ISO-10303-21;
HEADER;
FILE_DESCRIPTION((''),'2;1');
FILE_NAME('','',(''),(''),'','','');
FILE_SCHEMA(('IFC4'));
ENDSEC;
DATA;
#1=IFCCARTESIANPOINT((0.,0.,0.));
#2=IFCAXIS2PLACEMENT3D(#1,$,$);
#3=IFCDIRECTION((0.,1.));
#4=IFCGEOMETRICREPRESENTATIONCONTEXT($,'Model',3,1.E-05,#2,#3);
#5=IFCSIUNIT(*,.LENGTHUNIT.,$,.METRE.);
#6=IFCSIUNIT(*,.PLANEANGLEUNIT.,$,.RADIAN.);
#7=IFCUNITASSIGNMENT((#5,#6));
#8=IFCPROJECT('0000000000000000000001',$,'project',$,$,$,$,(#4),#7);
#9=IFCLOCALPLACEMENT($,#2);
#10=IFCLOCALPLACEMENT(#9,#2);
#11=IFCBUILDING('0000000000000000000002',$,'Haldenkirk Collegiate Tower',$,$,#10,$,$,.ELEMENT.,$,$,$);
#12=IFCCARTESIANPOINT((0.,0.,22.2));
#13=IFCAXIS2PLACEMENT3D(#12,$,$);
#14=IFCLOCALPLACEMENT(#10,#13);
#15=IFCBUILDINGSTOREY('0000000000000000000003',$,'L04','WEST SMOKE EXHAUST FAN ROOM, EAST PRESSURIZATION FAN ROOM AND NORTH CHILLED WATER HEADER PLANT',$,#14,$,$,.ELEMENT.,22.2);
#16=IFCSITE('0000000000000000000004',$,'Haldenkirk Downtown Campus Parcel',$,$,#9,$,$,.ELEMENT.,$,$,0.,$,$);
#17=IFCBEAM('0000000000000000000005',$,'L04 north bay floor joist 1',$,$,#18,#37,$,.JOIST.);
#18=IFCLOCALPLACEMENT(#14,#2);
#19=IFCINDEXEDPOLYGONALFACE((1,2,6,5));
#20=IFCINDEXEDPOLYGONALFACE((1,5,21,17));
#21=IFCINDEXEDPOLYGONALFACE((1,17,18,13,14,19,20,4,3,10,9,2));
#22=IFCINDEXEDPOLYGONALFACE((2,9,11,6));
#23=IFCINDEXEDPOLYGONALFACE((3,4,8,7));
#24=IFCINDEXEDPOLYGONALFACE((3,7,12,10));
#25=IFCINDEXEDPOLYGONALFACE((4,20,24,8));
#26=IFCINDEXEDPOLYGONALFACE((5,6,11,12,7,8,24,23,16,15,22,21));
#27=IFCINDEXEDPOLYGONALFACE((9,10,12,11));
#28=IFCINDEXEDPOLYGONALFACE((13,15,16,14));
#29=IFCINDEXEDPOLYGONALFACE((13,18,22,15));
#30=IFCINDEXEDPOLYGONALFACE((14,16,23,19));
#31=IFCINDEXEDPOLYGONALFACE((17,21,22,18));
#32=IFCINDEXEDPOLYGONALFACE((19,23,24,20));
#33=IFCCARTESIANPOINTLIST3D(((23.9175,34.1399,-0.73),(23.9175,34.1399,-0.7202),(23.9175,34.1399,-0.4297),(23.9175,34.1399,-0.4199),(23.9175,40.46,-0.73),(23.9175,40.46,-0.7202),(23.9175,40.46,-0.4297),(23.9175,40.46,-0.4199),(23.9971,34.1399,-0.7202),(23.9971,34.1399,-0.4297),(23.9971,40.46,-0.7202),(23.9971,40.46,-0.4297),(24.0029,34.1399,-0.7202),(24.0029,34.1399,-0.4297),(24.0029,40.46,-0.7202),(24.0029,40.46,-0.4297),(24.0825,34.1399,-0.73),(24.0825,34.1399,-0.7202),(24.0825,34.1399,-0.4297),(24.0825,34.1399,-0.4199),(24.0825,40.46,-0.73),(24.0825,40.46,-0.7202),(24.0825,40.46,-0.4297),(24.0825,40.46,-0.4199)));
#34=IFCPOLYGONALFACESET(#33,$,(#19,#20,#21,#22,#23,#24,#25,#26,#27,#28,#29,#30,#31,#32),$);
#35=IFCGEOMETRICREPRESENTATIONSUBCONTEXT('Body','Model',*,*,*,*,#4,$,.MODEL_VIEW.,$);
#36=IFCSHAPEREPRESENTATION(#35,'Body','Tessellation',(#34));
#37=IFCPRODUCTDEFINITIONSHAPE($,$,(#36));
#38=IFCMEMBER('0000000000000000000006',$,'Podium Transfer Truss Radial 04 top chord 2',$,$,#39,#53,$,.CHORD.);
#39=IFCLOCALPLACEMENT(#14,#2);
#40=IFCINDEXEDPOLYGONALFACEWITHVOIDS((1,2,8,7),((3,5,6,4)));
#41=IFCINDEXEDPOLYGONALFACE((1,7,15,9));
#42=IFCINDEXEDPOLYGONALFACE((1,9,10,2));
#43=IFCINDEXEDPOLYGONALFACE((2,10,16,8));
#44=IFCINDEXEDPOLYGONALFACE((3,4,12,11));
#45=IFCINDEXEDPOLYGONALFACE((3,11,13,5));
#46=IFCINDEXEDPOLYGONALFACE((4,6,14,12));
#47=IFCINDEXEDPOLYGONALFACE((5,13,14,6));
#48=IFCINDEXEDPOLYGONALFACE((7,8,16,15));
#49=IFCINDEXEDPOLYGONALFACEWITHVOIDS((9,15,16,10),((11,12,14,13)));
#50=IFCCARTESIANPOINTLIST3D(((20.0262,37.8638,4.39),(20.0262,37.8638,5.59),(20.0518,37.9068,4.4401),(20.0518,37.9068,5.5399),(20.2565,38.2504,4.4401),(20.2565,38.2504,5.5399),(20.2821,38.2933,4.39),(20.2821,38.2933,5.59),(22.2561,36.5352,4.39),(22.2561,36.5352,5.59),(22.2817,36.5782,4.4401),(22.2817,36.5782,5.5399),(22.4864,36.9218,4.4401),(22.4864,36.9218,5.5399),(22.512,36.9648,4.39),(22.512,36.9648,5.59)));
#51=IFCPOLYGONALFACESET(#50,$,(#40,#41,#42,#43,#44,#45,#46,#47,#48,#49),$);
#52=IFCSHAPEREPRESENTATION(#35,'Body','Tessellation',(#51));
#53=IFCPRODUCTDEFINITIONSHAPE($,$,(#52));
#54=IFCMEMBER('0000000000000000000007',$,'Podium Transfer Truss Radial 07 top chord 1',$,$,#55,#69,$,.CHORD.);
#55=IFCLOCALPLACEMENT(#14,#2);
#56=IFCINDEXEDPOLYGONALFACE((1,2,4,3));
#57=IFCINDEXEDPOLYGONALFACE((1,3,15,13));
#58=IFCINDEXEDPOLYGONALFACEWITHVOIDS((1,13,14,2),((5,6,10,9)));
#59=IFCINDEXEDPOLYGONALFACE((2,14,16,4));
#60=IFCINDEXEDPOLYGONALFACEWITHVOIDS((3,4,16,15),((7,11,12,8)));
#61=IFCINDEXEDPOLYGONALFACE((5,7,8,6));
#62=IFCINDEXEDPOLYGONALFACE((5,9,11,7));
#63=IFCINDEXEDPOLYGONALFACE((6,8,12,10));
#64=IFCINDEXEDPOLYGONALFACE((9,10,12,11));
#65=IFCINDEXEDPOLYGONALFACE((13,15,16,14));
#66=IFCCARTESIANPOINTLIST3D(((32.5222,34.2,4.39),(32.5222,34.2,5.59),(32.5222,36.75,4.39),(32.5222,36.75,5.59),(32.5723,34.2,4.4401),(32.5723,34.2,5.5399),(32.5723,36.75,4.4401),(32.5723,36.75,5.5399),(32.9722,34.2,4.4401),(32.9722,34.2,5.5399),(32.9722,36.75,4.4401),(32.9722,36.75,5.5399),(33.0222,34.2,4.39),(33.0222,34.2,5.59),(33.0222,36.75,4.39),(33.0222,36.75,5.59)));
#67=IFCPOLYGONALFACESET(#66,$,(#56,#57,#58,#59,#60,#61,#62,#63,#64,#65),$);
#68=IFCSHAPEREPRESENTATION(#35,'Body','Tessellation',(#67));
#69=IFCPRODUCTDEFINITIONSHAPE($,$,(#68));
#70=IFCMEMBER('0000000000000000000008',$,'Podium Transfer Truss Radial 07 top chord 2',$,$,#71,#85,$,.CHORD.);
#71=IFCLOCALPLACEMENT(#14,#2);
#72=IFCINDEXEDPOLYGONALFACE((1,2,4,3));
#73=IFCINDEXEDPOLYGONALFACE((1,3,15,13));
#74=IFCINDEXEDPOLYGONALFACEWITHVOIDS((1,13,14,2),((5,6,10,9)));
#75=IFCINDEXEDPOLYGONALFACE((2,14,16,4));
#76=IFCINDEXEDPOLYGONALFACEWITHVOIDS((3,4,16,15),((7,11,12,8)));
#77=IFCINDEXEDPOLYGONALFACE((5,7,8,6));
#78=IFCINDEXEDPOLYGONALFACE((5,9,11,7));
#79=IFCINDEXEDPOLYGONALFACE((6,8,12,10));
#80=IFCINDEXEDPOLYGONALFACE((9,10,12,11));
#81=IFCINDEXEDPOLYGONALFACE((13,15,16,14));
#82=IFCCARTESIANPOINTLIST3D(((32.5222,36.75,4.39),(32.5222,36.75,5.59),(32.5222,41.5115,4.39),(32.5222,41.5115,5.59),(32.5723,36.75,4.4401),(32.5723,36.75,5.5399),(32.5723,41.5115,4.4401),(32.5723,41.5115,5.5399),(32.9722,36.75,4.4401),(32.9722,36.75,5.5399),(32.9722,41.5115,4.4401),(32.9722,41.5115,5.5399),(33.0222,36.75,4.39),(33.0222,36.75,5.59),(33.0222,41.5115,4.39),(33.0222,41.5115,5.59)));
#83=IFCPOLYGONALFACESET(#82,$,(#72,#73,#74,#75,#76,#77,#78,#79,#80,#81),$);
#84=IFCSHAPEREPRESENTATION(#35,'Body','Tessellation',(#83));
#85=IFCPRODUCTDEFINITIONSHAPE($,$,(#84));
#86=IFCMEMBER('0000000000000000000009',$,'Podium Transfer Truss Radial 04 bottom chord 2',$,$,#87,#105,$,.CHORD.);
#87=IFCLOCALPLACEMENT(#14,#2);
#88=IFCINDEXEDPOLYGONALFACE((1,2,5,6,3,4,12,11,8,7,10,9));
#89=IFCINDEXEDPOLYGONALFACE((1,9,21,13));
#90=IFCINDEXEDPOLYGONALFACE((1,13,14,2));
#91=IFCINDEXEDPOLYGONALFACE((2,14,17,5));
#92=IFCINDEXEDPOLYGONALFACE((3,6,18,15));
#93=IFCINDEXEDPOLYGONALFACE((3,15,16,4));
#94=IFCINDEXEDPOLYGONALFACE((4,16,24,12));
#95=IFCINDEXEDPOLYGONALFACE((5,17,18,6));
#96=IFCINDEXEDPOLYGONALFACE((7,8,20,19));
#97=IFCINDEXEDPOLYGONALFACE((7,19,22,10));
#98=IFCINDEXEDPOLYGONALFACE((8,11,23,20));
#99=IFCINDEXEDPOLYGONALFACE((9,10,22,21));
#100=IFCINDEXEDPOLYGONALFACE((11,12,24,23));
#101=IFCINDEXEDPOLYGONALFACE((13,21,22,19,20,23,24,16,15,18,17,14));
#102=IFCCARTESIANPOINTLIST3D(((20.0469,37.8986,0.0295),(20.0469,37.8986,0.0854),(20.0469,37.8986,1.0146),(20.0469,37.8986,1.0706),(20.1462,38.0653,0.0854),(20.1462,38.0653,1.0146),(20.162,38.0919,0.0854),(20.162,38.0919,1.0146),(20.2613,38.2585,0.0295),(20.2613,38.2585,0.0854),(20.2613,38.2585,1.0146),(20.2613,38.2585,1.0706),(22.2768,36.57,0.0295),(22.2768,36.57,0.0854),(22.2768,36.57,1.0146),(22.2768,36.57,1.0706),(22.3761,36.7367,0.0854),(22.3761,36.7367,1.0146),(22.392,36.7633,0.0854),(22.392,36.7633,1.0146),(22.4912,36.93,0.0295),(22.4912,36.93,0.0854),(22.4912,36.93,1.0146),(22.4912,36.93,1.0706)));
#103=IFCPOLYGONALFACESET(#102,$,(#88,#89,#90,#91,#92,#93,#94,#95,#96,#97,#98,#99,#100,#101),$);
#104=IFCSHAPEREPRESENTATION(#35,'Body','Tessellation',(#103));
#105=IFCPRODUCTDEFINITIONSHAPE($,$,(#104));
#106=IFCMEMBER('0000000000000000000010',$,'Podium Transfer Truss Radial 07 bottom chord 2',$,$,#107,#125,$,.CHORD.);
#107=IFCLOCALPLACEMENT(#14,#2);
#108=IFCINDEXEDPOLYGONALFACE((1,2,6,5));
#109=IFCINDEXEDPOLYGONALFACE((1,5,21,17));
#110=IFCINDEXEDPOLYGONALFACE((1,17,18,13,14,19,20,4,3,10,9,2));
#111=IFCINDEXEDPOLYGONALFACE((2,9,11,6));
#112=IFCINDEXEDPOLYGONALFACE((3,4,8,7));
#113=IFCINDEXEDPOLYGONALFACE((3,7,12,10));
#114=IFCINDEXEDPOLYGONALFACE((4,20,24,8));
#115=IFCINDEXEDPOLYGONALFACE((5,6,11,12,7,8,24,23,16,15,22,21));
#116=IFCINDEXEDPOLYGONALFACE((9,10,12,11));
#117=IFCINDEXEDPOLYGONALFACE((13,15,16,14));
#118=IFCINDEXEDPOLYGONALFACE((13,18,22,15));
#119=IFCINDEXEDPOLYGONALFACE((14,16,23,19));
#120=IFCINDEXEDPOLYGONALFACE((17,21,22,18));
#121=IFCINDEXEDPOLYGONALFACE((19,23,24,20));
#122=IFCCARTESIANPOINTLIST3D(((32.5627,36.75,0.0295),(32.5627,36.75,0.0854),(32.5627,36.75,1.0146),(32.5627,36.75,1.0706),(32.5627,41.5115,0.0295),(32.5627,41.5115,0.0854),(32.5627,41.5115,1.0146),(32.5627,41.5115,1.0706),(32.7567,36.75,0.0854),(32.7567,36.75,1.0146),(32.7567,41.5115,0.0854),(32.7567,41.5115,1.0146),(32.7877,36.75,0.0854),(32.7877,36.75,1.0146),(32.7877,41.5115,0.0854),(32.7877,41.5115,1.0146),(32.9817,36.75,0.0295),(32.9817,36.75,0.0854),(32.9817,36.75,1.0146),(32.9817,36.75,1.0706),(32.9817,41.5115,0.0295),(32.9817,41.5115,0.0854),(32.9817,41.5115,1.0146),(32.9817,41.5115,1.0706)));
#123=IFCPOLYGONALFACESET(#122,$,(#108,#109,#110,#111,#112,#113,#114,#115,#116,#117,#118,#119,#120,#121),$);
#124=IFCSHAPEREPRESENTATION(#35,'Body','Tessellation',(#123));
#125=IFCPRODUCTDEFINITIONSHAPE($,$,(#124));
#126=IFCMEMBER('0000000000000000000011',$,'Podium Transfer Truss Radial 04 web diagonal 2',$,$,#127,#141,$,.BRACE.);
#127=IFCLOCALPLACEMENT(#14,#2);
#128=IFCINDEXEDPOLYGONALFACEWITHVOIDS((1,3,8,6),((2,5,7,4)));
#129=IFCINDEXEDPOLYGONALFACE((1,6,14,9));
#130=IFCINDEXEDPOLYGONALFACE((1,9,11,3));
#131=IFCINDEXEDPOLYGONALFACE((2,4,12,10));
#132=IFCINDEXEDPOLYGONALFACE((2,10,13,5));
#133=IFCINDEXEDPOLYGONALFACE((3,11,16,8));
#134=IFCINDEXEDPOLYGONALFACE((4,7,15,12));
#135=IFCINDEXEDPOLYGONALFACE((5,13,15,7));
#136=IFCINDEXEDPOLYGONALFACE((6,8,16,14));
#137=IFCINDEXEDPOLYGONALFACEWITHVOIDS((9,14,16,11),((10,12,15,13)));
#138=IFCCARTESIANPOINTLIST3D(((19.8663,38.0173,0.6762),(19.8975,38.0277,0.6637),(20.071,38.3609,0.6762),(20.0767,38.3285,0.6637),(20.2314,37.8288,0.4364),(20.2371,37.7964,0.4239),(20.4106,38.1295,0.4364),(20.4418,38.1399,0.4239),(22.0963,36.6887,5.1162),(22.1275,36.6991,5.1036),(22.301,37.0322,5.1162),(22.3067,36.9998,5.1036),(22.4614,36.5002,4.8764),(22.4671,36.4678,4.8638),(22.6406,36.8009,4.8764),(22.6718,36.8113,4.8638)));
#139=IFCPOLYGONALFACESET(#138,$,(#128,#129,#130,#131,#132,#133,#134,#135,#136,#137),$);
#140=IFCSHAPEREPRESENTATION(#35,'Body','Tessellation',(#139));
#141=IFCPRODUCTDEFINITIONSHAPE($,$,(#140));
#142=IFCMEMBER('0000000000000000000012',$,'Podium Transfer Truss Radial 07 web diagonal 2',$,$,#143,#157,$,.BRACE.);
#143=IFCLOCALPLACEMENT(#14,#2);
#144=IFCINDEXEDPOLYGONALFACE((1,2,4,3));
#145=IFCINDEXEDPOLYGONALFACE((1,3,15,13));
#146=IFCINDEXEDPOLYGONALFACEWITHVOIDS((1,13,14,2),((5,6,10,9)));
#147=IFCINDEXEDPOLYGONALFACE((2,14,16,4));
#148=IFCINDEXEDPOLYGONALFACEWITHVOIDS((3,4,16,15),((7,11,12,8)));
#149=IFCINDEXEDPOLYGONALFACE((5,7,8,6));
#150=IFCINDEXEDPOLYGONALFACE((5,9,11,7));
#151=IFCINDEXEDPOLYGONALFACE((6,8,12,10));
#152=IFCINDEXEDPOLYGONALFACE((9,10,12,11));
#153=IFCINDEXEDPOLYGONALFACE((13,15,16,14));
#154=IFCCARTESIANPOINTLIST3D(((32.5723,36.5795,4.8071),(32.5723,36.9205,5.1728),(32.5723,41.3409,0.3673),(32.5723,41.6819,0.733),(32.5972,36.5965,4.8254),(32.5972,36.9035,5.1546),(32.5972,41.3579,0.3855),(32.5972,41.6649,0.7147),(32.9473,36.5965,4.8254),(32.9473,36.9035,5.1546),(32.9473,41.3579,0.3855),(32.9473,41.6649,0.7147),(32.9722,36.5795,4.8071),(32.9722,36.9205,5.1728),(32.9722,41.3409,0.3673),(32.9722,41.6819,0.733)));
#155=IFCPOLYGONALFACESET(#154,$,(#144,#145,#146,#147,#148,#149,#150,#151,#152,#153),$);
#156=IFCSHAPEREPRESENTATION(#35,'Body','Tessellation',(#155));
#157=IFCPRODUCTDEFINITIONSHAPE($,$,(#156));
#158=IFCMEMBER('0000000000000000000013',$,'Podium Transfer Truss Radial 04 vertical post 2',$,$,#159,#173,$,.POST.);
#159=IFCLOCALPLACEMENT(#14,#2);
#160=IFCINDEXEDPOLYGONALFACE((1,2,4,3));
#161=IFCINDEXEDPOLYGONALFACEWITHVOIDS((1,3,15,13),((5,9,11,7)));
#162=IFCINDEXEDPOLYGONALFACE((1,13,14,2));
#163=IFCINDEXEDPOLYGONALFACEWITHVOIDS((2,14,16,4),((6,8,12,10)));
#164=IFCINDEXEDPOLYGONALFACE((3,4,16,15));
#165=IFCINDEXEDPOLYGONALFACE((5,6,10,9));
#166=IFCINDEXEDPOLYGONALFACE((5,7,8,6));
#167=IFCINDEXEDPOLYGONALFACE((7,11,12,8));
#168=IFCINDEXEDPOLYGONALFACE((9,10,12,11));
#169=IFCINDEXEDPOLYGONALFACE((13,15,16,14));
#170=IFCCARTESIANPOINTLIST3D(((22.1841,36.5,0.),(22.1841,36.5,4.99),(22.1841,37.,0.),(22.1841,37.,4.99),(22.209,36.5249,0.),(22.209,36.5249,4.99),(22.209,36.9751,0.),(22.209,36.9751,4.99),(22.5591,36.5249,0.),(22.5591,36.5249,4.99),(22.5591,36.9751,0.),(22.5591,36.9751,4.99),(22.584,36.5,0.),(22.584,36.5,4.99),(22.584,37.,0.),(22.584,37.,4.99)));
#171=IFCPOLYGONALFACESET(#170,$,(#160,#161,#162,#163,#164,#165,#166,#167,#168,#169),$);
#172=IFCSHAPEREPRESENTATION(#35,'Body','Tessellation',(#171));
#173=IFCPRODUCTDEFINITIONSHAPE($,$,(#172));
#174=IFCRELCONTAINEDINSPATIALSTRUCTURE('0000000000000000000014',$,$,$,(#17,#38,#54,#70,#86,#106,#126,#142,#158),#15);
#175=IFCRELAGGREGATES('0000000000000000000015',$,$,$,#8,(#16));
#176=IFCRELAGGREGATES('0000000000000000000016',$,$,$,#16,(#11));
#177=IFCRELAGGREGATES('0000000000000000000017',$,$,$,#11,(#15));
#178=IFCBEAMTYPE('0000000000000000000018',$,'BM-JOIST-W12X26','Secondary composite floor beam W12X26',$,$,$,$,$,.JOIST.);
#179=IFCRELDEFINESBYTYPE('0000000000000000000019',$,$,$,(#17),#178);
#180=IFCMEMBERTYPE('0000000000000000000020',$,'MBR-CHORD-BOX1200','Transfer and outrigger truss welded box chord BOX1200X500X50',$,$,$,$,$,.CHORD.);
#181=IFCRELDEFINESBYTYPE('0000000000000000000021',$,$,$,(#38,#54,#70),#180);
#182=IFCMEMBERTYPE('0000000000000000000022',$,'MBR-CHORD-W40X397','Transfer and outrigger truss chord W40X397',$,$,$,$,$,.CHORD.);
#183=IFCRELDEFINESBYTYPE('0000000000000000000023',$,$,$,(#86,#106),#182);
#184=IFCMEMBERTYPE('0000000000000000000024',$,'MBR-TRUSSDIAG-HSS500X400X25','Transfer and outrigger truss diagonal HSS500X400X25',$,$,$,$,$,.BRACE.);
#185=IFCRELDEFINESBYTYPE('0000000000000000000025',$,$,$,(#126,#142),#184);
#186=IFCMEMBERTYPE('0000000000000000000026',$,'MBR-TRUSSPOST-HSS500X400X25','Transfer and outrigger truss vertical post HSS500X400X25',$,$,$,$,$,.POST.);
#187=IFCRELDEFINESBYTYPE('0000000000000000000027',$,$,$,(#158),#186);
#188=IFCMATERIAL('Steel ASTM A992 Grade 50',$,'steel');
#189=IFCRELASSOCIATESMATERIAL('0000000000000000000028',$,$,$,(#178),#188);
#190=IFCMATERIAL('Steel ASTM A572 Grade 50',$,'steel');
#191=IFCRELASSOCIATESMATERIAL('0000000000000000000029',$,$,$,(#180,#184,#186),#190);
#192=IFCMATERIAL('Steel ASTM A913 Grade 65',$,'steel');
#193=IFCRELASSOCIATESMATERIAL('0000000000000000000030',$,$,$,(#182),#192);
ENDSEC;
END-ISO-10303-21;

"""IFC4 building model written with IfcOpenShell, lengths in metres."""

from ifc_helpers import new_model, si_unit, direction, frame, origin, origin_2d, place, context, subcontext, project, spatial, hollow_rectangle, i_section, extrude, material, material_profile, profile_set, type_object, element, save


model = new_model("IFC4")

# Units and contexts
model_context = context("Model", 3, precision=1e-05, world=origin(), true_north=direction((0.0, 1.0)))
body_context = subcontext(model_context, "Body", "Model", "MODEL_VIEW")
ifc_project = project(units=[si_unit("LENGTHUNIT", "METRE"), si_unit("PLANEANGLEUNIT", "RADIAN")], contexts=[model_context])

# Site, building, storey
site_placement = place(None, origin())
site = spatial("IfcSite", under=ifc_project, at=site_placement, Name="Haldenkirk Downtown Campus Parcel", CompositionType="ELEMENT", RefElevation=0.0)
building_placement = place(site_placement, origin())
building = spatial("IfcBuilding", under=site, at=building_placement, Name="Haldenkirk Collegiate Tower", CompositionType="ELEMENT")
storey_placement = place(building_placement, frame((0.0, 0.0, 22.2)))
storey = spatial("IfcBuildingStorey", under=building, at=storey_placement, Name="L04", Description="WEST SMOKE EXHAUST FAN ROOM, EAST PRESSURIZATION FAN ROOM AND NORTH CHILLED WATER HEADER PLANT", CompositionType="ELEMENT", Elevation=22.2)

# Beam
ifc_material_1 = material(Name="Steel ASTM A992 Grade 50", Category="steel")
ifc_material_profile_1 = material_profile(ifc_material_1, i_section(OverallWidth=0.165, OverallDepth=0.3101, WebThickness=0.0059, FlangeThickness=0.0098, at=origin_2d()), Name="W12X26")
ifc_profile_set_1 = profile_set([ifc_material_profile_1], Name="Steel ASTM A992 Grade 50")
beam_type = type_object("IfcBeamType", Name="BM-JOIST-W12X26", Description="Secondary composite floor beam W12X26", PredefinedType="JOIST", material=ifc_profile_set_1)
beam_placement = place(storey_placement, frame((24.0, 34.1399, -0.575), z_axis=(0.0, 1.0, 0.0), x_axis=(-1.0, 0.0, 0.0)))
element("IfcBeam", 1, at=beam_placement, inside=storey, type_object=beam_type, Name="L04 north bay floor joist 1", PredefinedType="JOIST", context=body_context, shape_type="SweptSolid", body=[
    extrude(i_section(OverallWidth=0.165, OverallDepth=0.3101, WebThickness=0.0059, FlangeThickness=0.0098, at=origin_2d()), origin(), (0.0, 0.0, 1.0), 6.3201),
])

# Members
ifc_material_2 = material(Name="Steel ASTM A572 Grade 50", Category="steel")
ifc_material_profile_2 = material_profile(ifc_material_2, hollow_rectangle(XDim=0.5, YDim=1.2, WallThickness=0.05, at=origin_2d()), Name="BOX1200X500X50")
ifc_profile_set_2 = profile_set([ifc_material_profile_2], Name="Steel ASTM A572 Grade 50")
member_type_1 = type_object("IfcMemberType", Name="MBR-CHORD-BOX1200", Description="Transfer and outrigger truss welded box chord BOX1200X500X50", PredefinedType="CHORD", material=ifc_profile_set_2)
member_1_placement = place(storey_placement, frame((22.384, 36.75, 4.99), z_axis=(-0.859082, 0.511838, 0.0), x_axis=(-0.511838, -0.859082, 0.0)))
element("IfcMember", 2, at=member_1_placement, inside=storey, type_object=member_type_1, Name="Podium Transfer Truss Radial 04 top chord 2", PredefinedType="CHORD", context=body_context, shape_type="SweptSolid", body=[
    extrude(hollow_rectangle(XDim=0.5, YDim=1.2, WallThickness=0.05, at=origin_2d()), origin(), (0.0, 0.0, 1.0), 2.5957),
])
member_2_placement = place(storey_placement, frame((32.7722, 34.2, 4.99), z_axis=(0.0, 1.0, 0.0), x_axis=(-1.0, 0.0, 0.0)))
element("IfcMember", 3, at=member_2_placement, inside=storey, type_object=member_type_1, Name="Podium Transfer Truss Radial 07 top chord 1", PredefinedType="CHORD", context=body_context, shape_type="SweptSolid", body=[
    extrude(hollow_rectangle(XDim=0.5, YDim=1.2, WallThickness=0.05, at=origin_2d()), origin(), (0.0, 0.0, 1.0), 2.55),
])
member_3_placement = place(storey_placement, frame((32.7722, 36.75, 4.99), z_axis=(0.0, 1.0, 0.0), x_axis=(-1.0, 0.0, 0.0)))
element("IfcMember", 4, at=member_3_placement, inside=storey, type_object=member_type_1, Name="Podium Transfer Truss Radial 07 top chord 2", PredefinedType="CHORD", context=body_context, shape_type="SweptSolid", body=[
    extrude(hollow_rectangle(XDim=0.5, YDim=1.2, WallThickness=0.05, at=origin_2d()), origin(), (0.0, 0.0, 1.0), 4.7615),
])
ifc_material_3 = material(Name="Steel ASTM A913 Grade 65", Category="steel")
ifc_material_profile_3 = material_profile(ifc_material_3, i_section(OverallWidth=0.4189, OverallDepth=1.041, WebThickness=0.031, FlangeThickness=0.0559, at=origin_2d()), Name="W40X397")
ifc_profile_set_3 = profile_set([ifc_material_profile_3], Name="Steel ASTM A913 Grade 65")
member_type_2 = type_object("IfcMemberType", Name="MBR-CHORD-W40X397", Description="Transfer and outrigger truss chord W40X397", PredefinedType="CHORD", material=ifc_profile_set_3)
member_4_placement = place(storey_placement, frame((22.384, 36.75, 0.55), z_axis=(-0.859082, 0.511838, 0.0), x_axis=(-0.511838, -0.859082, 0.0)))
element("IfcMember", 5, at=member_4_placement, inside=storey, type_object=member_type_2, Name="Podium Transfer Truss Radial 04 bottom chord 2", PredefinedType="CHORD", context=body_context, shape_type="SweptSolid", body=[
    extrude(i_section(OverallWidth=0.4189, OverallDepth=1.041, WebThickness=0.031, FlangeThickness=0.0559, at=origin_2d()), origin(), (0.0, 0.0, 1.0), 2.5957),
])
member_5_placement = place(storey_placement, frame((32.7722, 36.75, 0.55), z_axis=(0.0, 1.0, 0.0), x_axis=(-1.0, 0.0, 0.0)))
element("IfcMember", 6, at=member_5_placement, inside=storey, type_object=member_type_2, Name="Podium Transfer Truss Radial 07 bottom chord 2", PredefinedType="CHORD", context=body_context, shape_type="SweptSolid", body=[
    extrude(i_section(OverallWidth=0.4189, OverallDepth=1.041, WebThickness=0.031, FlangeThickness=0.0559, at=origin_2d()), origin(), (0.0, 0.0, 1.0), 4.7615),
])
ifc_material_profile_4 = material_profile(ifc_material_2, hollow_rectangle(XDim=0.3999, YDim=0.5, WallThickness=0.0249, at=origin_2d()), Name="HSS500X400X25")
ifc_profile_set_4 = profile_set([ifc_material_profile_4], Name="Steel ASTM A572 Grade 50")
member_type_3 = type_object("IfcMemberType", Name="MBR-TRUSSDIAG-HSS500X400X25", Description="Transfer and outrigger truss diagonal HSS500X400X25", PredefinedType="BRACE", material=ifc_profile_set_4)
member_6_placement = place(storey_placement, frame((22.384, 36.75, 4.99), z_axis=(-0.43359, 0.258331, -0.863287), x_axis=(-0.511838, -0.859082, 0.0)))
element("IfcMember", 7, at=member_6_placement, inside=storey, type_object=member_type_3, Name="Podium Transfer Truss Radial 04 web diagonal 2", PredefinedType="BRACE", context=body_context, shape_type="SweptSolid", body=[
    extrude(hollow_rectangle(XDim=0.3999, YDim=0.5, WallThickness=0.0249, at=origin_2d()), origin(), (0.0, 0.0, 1.0), 5.1431),
])
member_7_placement = place(storey_placement, frame((32.7722, 36.75, 4.99), z_axis=(0.0, 0.731369, -0.681981), x_axis=(-1.0, 0.0, 0.0)))
element("IfcMember", 8, at=member_7_placement, inside=storey, type_object=member_type_3, Name="Podium Transfer Truss Radial 07 web diagonal 2", PredefinedType="BRACE", context=body_context, shape_type="SweptSolid", body=[
    extrude(hollow_rectangle(XDim=0.3999, YDim=0.5, WallThickness=0.0249, at=origin_2d()), origin(), (0.0, 0.0, 1.0), 6.5103),
])
ifc_material_profile_5 = material_profile(ifc_material_2, hollow_rectangle(XDim=0.3999, YDim=0.5, WallThickness=0.0249, at=origin_2d()), Name="HSS500X400X25")
ifc_profile_set_5 = profile_set([ifc_material_profile_5], Name="Steel ASTM A572 Grade 50")
member_type_4 = type_object("IfcMemberType", Name="MBR-TRUSSPOST-HSS500X400X25", Description="Transfer and outrigger truss vertical post HSS500X400X25", PredefinedType="POST", material=ifc_profile_set_5)
for number, where, z_axis, x_axis, name in (
    (9, (22.384, 36.75, 0.0), (0.0, 0.0, 1.0), (1.0, 0.0, 0.0), "Podium Transfer Truss Radial 04 vertical post 2"),
):
    element("IfcMember", number, at=place(storey_placement, frame(where, z_axis=z_axis, x_axis=x_axis)), inside=storey, type_object=member_type_4, Name=name, PredefinedType="POST", context=body_context, shape_type="SweptSolid", body=[
        extrude(hollow_rectangle(XDim=0.3999, YDim=0.5, WallThickness=0.0249, at=origin_2d()), origin(), (0.0, 0.0, 1.0), 4.99),
    ])

save(model, "model.ifc")
